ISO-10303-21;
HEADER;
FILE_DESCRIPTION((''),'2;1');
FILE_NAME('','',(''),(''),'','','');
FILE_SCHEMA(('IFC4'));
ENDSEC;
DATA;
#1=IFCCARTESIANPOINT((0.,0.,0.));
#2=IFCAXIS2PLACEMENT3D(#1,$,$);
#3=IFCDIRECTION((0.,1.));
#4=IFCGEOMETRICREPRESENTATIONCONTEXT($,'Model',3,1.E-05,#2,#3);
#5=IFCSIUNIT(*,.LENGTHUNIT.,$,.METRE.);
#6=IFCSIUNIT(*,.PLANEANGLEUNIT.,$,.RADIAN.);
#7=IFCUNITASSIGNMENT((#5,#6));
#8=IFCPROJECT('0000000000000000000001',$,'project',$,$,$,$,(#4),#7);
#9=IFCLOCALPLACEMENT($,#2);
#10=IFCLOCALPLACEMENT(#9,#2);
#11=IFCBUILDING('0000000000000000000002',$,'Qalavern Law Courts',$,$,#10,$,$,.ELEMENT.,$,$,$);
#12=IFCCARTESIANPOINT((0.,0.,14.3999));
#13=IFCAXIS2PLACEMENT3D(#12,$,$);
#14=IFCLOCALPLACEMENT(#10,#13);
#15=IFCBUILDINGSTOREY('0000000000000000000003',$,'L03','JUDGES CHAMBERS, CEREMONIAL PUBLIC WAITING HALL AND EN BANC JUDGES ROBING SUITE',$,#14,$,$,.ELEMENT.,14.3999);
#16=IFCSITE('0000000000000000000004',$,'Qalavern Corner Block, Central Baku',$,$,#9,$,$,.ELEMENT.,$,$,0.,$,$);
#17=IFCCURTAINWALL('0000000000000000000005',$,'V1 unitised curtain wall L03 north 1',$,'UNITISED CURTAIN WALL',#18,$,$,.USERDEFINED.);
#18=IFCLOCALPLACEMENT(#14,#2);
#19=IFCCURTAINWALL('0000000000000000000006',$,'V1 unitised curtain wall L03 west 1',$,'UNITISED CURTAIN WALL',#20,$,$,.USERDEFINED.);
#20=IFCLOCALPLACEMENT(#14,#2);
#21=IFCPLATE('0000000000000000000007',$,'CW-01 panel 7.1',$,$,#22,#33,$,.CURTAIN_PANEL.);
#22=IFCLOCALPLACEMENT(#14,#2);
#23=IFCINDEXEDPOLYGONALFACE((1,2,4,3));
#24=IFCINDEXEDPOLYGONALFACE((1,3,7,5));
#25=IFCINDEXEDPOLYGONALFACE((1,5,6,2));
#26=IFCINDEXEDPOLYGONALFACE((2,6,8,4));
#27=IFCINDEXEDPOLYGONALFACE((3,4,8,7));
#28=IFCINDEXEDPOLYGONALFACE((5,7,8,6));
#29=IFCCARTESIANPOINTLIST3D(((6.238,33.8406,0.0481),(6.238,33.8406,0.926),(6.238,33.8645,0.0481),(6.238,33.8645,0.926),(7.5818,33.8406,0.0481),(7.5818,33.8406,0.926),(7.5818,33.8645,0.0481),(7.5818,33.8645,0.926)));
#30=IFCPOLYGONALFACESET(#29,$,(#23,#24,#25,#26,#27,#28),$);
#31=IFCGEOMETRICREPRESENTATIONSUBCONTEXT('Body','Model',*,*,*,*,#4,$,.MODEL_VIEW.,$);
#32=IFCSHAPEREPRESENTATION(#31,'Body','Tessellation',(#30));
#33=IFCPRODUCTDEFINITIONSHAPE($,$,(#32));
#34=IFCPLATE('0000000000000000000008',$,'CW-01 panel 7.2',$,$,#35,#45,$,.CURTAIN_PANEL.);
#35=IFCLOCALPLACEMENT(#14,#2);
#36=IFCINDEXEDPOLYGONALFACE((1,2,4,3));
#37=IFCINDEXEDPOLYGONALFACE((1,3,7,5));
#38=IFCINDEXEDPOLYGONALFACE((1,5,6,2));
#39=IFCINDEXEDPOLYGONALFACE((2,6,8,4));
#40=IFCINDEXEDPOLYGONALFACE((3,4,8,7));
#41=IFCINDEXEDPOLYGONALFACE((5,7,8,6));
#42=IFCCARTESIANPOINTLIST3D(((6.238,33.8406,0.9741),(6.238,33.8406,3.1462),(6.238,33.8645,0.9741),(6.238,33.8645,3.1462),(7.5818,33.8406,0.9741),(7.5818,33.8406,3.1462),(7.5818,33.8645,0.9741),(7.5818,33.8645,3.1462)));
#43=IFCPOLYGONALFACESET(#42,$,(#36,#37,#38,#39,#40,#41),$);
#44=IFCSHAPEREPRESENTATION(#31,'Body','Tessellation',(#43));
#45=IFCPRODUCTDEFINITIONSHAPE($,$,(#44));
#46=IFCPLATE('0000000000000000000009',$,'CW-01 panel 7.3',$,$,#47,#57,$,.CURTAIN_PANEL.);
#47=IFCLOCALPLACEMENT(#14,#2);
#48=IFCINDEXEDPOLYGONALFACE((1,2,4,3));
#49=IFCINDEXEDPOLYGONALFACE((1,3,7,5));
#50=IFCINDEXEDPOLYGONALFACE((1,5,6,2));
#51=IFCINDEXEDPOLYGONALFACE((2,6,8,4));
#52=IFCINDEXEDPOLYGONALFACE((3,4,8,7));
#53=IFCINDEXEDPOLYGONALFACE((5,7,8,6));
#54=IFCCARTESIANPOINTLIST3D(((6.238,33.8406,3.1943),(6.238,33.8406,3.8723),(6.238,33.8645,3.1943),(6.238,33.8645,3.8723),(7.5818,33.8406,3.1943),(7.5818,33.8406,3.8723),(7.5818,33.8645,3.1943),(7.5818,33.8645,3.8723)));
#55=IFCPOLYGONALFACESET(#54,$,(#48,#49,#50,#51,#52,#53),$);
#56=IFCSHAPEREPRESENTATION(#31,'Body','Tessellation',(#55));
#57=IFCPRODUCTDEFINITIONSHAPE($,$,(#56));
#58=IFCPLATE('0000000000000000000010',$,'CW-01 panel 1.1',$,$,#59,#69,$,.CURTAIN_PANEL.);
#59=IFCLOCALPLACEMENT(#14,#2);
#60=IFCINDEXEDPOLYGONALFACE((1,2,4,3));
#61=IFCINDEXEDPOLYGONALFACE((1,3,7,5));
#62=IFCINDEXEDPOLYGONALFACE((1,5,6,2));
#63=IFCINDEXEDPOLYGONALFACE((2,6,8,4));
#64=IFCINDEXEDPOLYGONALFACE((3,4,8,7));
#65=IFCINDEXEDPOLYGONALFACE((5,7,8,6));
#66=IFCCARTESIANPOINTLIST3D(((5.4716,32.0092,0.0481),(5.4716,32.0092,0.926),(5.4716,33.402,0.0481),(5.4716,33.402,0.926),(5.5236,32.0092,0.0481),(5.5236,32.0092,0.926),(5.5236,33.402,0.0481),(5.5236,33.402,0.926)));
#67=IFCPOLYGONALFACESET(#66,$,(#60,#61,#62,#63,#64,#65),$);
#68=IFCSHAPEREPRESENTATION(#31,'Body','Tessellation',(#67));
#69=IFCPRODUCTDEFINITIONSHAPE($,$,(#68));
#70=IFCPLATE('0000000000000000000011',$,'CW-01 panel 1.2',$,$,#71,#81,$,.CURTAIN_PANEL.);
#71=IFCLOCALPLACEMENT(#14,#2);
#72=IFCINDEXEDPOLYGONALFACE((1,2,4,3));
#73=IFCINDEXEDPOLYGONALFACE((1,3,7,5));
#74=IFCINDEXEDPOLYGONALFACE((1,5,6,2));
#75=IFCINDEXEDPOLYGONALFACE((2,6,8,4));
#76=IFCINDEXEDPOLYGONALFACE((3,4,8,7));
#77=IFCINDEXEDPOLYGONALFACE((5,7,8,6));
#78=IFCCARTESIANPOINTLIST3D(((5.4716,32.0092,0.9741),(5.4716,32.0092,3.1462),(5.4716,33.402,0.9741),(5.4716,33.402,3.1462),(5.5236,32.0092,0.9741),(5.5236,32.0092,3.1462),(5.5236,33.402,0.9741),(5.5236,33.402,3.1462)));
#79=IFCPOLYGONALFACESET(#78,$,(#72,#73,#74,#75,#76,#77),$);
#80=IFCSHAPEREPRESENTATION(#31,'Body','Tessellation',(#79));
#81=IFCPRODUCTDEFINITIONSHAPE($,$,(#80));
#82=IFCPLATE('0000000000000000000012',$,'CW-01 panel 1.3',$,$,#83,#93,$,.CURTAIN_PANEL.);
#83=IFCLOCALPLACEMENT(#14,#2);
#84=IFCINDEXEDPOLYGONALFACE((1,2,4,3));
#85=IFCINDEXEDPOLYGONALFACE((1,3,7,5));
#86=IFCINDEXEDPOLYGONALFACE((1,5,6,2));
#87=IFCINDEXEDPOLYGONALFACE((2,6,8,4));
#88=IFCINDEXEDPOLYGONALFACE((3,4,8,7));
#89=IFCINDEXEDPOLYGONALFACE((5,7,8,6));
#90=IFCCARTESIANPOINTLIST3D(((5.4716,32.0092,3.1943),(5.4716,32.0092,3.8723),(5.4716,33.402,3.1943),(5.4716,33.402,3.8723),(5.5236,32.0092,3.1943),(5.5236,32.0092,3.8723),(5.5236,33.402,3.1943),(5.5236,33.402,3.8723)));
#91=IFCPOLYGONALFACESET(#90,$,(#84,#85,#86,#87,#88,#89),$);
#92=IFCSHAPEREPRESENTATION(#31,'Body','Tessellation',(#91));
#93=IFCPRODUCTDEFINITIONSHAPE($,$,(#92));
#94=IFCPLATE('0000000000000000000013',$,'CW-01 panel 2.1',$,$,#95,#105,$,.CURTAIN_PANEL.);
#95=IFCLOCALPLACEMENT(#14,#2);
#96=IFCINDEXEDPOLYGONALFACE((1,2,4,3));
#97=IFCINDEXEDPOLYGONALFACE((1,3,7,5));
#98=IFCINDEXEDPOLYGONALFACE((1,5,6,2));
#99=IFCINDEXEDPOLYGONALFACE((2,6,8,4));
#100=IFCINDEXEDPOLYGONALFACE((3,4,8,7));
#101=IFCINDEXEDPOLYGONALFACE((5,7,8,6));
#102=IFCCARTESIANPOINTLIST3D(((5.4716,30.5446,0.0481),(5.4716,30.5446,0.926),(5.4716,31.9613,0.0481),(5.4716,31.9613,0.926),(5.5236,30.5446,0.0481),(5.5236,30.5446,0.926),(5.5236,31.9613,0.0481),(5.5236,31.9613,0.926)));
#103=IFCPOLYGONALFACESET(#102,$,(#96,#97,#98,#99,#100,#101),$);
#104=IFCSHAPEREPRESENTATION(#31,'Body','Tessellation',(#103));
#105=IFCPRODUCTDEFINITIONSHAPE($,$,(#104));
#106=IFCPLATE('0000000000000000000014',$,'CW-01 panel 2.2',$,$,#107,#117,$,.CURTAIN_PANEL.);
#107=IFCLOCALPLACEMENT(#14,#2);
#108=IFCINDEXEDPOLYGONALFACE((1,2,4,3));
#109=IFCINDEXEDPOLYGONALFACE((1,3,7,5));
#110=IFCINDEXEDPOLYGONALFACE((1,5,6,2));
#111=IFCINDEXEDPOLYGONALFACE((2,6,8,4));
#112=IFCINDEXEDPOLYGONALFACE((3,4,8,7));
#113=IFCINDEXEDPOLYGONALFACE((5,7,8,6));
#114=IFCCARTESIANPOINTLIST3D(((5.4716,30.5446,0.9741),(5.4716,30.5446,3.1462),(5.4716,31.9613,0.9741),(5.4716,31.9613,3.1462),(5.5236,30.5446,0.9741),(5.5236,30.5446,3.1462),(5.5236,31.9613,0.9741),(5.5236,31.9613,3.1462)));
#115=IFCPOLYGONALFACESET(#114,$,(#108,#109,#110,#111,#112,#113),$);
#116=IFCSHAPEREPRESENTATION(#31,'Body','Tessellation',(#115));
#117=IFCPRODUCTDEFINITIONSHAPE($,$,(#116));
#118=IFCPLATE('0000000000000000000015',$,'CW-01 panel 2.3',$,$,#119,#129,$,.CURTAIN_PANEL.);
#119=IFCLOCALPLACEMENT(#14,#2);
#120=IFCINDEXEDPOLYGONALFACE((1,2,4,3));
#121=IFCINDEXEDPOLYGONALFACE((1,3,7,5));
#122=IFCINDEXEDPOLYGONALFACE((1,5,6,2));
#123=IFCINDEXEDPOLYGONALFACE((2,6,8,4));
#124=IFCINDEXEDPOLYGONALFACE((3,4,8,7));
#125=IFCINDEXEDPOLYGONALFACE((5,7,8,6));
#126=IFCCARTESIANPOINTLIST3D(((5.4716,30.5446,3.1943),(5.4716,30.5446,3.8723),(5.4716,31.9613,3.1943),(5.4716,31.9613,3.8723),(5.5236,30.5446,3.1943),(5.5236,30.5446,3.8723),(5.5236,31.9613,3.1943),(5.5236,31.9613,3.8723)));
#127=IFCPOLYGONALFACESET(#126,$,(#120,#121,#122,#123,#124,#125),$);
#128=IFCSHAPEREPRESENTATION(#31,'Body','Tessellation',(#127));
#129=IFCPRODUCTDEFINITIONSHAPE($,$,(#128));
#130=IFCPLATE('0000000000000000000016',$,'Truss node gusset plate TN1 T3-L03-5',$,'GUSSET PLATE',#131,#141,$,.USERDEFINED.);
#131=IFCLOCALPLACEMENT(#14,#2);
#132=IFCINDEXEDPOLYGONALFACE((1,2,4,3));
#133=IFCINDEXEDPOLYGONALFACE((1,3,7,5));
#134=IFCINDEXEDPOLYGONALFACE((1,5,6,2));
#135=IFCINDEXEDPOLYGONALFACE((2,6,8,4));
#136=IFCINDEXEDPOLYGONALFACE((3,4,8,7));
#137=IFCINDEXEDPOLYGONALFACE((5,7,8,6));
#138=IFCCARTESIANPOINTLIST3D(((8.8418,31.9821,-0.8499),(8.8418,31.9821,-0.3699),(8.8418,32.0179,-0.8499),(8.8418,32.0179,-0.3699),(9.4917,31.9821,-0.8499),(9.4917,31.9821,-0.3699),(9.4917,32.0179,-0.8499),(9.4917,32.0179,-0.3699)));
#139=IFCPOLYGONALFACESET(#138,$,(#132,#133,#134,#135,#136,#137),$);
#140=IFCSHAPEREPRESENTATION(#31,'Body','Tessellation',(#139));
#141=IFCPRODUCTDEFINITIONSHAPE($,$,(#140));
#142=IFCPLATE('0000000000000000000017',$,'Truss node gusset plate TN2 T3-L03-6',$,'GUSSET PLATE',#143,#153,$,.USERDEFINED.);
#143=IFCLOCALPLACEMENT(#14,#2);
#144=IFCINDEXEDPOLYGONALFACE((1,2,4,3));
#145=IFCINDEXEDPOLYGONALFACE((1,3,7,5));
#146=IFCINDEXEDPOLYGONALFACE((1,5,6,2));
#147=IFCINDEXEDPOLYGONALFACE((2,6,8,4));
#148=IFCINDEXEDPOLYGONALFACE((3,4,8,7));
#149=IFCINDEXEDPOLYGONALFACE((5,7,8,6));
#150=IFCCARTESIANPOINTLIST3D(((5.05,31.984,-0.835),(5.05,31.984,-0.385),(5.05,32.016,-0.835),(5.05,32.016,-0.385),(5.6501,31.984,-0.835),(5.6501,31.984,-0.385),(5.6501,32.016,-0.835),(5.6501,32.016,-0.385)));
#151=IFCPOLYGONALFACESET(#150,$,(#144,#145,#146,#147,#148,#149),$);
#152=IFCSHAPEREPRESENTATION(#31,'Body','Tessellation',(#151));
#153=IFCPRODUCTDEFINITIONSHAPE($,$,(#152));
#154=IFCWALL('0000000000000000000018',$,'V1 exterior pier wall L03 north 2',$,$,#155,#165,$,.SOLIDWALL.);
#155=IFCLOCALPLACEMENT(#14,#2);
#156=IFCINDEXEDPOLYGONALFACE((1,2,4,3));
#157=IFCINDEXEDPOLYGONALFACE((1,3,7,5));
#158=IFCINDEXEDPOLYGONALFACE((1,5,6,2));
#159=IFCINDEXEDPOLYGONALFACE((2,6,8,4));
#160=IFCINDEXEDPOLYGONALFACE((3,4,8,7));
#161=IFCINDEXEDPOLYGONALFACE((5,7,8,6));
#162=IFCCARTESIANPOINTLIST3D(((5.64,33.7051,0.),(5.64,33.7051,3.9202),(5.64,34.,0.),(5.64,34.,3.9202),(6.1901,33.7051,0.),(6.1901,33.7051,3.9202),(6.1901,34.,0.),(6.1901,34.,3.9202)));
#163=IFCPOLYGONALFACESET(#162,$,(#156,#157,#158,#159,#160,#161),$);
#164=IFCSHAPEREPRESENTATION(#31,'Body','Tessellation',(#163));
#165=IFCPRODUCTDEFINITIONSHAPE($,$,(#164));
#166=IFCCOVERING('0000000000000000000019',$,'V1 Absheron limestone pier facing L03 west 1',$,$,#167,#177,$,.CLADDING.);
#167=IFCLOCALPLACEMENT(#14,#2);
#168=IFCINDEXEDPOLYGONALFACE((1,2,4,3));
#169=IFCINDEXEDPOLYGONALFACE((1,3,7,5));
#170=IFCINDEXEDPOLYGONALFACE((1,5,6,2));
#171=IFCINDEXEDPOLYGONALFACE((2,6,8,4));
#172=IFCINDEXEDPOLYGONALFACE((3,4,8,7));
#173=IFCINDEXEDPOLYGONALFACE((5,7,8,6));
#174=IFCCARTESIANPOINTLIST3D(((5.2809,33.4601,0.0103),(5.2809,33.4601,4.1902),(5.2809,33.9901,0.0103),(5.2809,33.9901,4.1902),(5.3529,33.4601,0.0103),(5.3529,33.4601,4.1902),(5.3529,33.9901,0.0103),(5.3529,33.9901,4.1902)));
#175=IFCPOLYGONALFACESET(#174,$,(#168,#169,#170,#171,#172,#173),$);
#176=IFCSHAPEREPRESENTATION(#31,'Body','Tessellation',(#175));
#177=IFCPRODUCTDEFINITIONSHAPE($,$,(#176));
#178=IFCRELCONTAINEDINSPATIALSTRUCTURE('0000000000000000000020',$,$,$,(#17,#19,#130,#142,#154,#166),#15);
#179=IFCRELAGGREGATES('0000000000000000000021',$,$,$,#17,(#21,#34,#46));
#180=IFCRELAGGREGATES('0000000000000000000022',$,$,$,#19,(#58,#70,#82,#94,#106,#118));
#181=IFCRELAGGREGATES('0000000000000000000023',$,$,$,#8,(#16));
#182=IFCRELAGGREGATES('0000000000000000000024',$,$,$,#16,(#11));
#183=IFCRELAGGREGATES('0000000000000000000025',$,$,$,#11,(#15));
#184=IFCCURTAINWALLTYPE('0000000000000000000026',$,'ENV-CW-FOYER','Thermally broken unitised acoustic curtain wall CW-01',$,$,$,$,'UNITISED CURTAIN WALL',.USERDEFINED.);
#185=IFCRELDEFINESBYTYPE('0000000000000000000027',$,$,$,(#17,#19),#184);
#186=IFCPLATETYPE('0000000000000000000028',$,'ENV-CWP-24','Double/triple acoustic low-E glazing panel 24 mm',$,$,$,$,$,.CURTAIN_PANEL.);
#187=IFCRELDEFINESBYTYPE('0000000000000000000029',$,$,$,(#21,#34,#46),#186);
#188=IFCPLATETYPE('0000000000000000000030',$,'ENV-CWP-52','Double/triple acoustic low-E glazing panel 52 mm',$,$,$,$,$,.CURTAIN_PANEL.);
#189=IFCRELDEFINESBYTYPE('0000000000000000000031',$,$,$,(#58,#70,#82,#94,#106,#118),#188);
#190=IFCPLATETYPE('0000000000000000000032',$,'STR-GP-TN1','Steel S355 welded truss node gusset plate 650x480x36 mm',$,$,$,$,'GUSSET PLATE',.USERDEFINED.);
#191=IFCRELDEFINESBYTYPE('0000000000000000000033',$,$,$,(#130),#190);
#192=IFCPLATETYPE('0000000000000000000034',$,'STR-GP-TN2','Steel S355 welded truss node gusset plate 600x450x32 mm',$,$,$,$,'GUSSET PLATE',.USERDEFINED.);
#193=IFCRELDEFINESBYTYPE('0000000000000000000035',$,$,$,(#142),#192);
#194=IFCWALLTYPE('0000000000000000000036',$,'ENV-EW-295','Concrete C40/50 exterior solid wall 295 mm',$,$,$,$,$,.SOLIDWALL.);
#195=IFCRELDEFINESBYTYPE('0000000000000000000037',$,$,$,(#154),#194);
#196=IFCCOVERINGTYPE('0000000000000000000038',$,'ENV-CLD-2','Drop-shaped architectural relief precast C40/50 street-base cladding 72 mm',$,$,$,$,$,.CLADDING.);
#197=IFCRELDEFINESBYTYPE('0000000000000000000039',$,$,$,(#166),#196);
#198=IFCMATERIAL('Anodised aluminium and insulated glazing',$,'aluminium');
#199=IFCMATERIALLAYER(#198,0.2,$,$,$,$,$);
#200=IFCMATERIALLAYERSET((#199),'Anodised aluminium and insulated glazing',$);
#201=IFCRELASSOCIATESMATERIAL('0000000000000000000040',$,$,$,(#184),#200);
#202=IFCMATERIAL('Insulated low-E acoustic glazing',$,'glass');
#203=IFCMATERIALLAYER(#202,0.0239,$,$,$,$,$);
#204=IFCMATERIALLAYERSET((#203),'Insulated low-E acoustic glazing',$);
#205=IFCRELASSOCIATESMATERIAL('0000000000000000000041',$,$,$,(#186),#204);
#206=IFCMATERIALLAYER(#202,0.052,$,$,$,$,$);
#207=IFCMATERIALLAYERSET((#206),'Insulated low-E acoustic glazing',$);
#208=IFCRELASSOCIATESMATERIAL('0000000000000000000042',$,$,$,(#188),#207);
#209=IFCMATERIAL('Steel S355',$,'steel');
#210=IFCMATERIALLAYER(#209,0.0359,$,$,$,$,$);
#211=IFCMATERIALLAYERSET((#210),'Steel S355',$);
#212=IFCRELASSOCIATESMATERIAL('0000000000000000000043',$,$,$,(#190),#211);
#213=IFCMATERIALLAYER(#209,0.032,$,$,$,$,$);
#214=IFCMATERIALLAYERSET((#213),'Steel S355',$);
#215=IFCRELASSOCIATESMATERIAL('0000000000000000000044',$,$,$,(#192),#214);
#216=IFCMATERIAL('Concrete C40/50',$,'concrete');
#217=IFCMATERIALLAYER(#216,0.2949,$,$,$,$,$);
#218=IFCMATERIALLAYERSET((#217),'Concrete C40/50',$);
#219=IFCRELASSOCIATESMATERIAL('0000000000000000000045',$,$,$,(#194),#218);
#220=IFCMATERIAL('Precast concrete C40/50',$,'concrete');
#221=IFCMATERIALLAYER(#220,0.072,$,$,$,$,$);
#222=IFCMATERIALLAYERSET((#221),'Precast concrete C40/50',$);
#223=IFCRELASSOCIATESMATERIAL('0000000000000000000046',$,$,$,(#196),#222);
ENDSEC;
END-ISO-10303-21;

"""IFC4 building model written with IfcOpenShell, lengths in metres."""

from ifc_helpers import new_model, si_unit, direction, frame, frame_2d, origin, origin_2d, place, context, subcontext, project, spatial, rectangle, extrude, material, layer, layer_set, type_object, element, aggregate, save


model = new_model("IFC4")

# Units and contexts
model_context = context("Model", 3, precision=1e-05, world=origin(), true_north=direction((0.0, 1.0)))
body_context = subcontext(model_context, "Body", "Model", "MODEL_VIEW")
ifc_project = project(units=[si_unit("LENGTHUNIT", "METRE"), si_unit("PLANEANGLEUNIT", "RADIAN")], contexts=[model_context])

# Site, building, storey
site_placement = place(None, origin())
site = spatial("IfcSite", under=ifc_project, at=site_placement, Name="Qalavern Corner Block, Central Baku", CompositionType="ELEMENT", RefElevation=0.0)
building_placement = place(site_placement, origin())
building = spatial("IfcBuilding", under=site, at=building_placement, Name="Qalavern Law Courts", CompositionType="ELEMENT")
storey_placement = place(building_placement, frame((0.0, 0.0, 14.3999)))
storey = spatial("IfcBuildingStorey", under=building, at=storey_placement, Name="L03", Description="JUDGES CHAMBERS, CEREMONIAL PUBLIC WAITING HALL AND EN BANC JUDGES ROBING SUITE", CompositionType="ELEMENT", Elevation=14.3999)

# Curtain wall
ifc_material_1 = material(Name="Anodised aluminium and insulated glazing", Category="aluminium")
ifc_layer_1 = layer(ifc_material_1, 0.2)
ifc_layer_set_1 = layer_set([ifc_layer_1], Name="Anodised aluminium and insulated glazing")
curtain_wall_type = type_object("IfcCurtainWallType", Name="ENV-CW-FOYER", Description="Thermally broken unitised acoustic curtain wall CW-01", ElementType="UNITISED CURTAIN WALL", PredefinedType="USERDEFINED", material=ifc_layer_set_1)
curtain_wall_1_placement = place(storey_placement, origin())
curtain_wall_1 = element("IfcCurtainWall", 1, at=curtain_wall_1_placement, inside=storey, type_object=curtain_wall_type, Name="V1 unitised curtain wall L03 north 1", ObjectType="UNITISED CURTAIN WALL", PredefinedType="USERDEFINED")

# Curtain wall
curtain_wall_2_placement = place(storey_placement, origin())
curtain_wall_2 = element("IfcCurtainWall", 2, at=curtain_wall_2_placement, inside=storey, type_object=curtain_wall_type, Name="V1 unitised curtain wall L03 west 1", ObjectType="UNITISED CURTAIN WALL", PredefinedType="USERDEFINED")

# Shared definitions
ifc_material_2 = material(Name="Steel S355", Category="steel")

# Plates
ifc_material_3 = material(Name="Insulated low-E acoustic glazing", Category="glass")
ifc_layer_2 = layer(ifc_material_3, 0.0239)
ifc_layer_set_2 = layer_set([ifc_layer_2], Name="Insulated low-E acoustic glazing")
plate_type_1 = type_object("IfcPlateType", Name="ENV-CWP-24", Description="Double/triple acoustic low-E glazing panel 24 mm", PredefinedType="CURTAIN_PANEL", material=ifc_layer_set_2)
plate_1_placement = place(storey_placement, frame((6.9099, 33.8525, 0.0481), z_axis=(0.0, 0.0, 1.0), x_axis=(-1.0, 0.0, 0.0)))
plate_1 = element("IfcPlate", 3, at=plate_1_placement, type_object=plate_type_1, Name="CW-01 panel 7.1", PredefinedType="CURTAIN_PANEL", context=body_context, shape_type="SweptSolid", body=[
    extrude(rectangle(XDim=1.3438, YDim=0.0239, at=origin_2d()), origin(), (0.0, 0.0, 1.0), 0.8779),
])
plate_2_placement = place(storey_placement, frame((6.9099, 33.8525, 0.9741), z_axis=(0.0, 0.0, 1.0), x_axis=(-1.0, 0.0, 0.0)))
plate_2 = element("IfcPlate", 4, at=plate_2_placement, type_object=plate_type_1, Name="CW-01 panel 7.2", PredefinedType="CURTAIN_PANEL", context=body_context, shape_type="SweptSolid", body=[
    extrude(rectangle(XDim=1.3438, YDim=0.0239, at=origin_2d()), origin(), (0.0, 0.0, 1.0), 2.1721),
])
plate_3_placement = place(storey_placement, frame((6.9099, 33.8525, 3.1943), z_axis=(0.0, 0.0, 1.0), x_axis=(-1.0, 0.0, 0.0)))
plate_3 = element("IfcPlate", 5, at=plate_3_placement, type_object=plate_type_1, Name="CW-01 panel 7.3", PredefinedType="CURTAIN_PANEL", context=body_context, shape_type="SweptSolid", body=[
    extrude(rectangle(XDim=1.3438, YDim=0.0239, at=origin_2d()), origin(), (0.0, 0.0, 1.0), 0.678),
])
aggregate(curtain_wall_1, [plate_1, plate_2, plate_3])
ifc_layer_3 = layer(ifc_material_3, 0.052)
ifc_layer_set_3 = layer_set([ifc_layer_3], Name="Insulated low-E acoustic glazing")
plate_type_2 = type_object("IfcPlateType", Name="ENV-CWP-52", Description="Double/triple acoustic low-E glazing panel 52 mm", PredefinedType="CURTAIN_PANEL", material=ifc_layer_set_3)
plate_4_placement = place(storey_placement, frame((5.4976, 32.7056, 0.0481), z_axis=(0.0, 0.0, 1.0), x_axis=(0.0, -1.0, 0.0)))
plate_4 = element("IfcPlate", 6, at=plate_4_placement, type_object=plate_type_2, Name="CW-01 panel 1.1", PredefinedType="CURTAIN_PANEL", context=body_context, shape_type="SweptSolid", body=[
    extrude(rectangle(XDim=1.3928, YDim=0.052, at=origin_2d()), origin(), (0.0, 0.0, 1.0), 0.8779),
])
plate_5_placement = place(storey_placement, frame((5.4976, 32.7056, 0.9741), z_axis=(0.0, 0.0, 1.0), x_axis=(0.0, -1.0, 0.0)))
plate_5 = element("IfcPlate", 7, at=plate_5_placement, type_object=plate_type_2, Name="CW-01 panel 1.2", PredefinedType="CURTAIN_PANEL", context=body_context, shape_type="SweptSolid", body=[
    extrude(rectangle(XDim=1.3928, YDim=0.052, at=origin_2d()), origin(), (0.0, 0.0, 1.0), 2.1721),
])
plate_6_placement = place(storey_placement, frame((5.4976, 32.7056, 3.1943), z_axis=(0.0, 0.0, 1.0), x_axis=(0.0, -1.0, 0.0)))
plate_6 = element("IfcPlate", 8, at=plate_6_placement, type_object=plate_type_2, Name="CW-01 panel 1.3", PredefinedType="CURTAIN_PANEL", context=body_context, shape_type="SweptSolid", body=[
    extrude(rectangle(XDim=1.3928, YDim=0.052, at=origin_2d()), origin(), (0.0, 0.0, 1.0), 0.678),
])
plate_7_placement = place(storey_placement, frame((5.4976, 31.2529, 0.0481), z_axis=(0.0, 0.0, 1.0), x_axis=(0.0, -1.0, 0.0)))
plate_7 = element("IfcPlate", 9, at=plate_7_placement, type_object=plate_type_2, Name="CW-01 panel 2.1", PredefinedType="CURTAIN_PANEL", context=body_context, shape_type="SweptSolid", body=[
    extrude(rectangle(XDim=1.4167, YDim=0.052, at=origin_2d()), origin(), (0.0, 0.0, 1.0), 0.8779),
])
plate_8_placement = place(storey_placement, frame((5.4976, 31.2529, 0.9741), z_axis=(0.0, 0.0, 1.0), x_axis=(0.0, -1.0, 0.0)))
plate_8 = element("IfcPlate", 10, at=plate_8_placement, type_object=plate_type_2, Name="CW-01 panel 2.2", PredefinedType="CURTAIN_PANEL", context=body_context, shape_type="SweptSolid", body=[
    extrude(rectangle(XDim=1.4167, YDim=0.052, at=origin_2d()), origin(), (0.0, 0.0, 1.0), 2.1721),
])
plate_9_placement = place(storey_placement, frame((5.4976, 31.2529, 3.1943), z_axis=(0.0, 0.0, 1.0), x_axis=(0.0, -1.0, 0.0)))
plate_9 = element("IfcPlate", 11, at=plate_9_placement, type_object=plate_type_2, Name="CW-01 panel 2.3", PredefinedType="CURTAIN_PANEL", context=body_context, shape_type="SweptSolid", body=[
    extrude(rectangle(XDim=1.4167, YDim=0.052, at=origin_2d()), origin(), (0.0, 0.0, 1.0), 0.678),
])
aggregate(curtain_wall_2, [plate_4, plate_5, plate_6, plate_7, plate_8, plate_9])

# Plates
ifc_layer_4 = layer(ifc_material_2, 0.0359)
ifc_layer_set_4 = layer_set([ifc_layer_4], Name="Steel S355")
plate_type_3 = type_object("IfcPlateType", Name="STR-GP-TN1", Description="Steel S355 welded truss node gusset plate 650x480x36 mm", ElementType="GUSSET PLATE", PredefinedType="USERDEFINED", material=ifc_layer_set_4)
plate_10_placement = place(storey_placement, frame((9.1667, 32.0, -0.8499), z_axis=(0.0, 0.0, 1.0), x_axis=(1.0, 0.0, 0.0)))
element("IfcPlate", 12, at=plate_10_placement, inside=storey, type_object=plate_type_3, Name="Truss node gusset plate TN1 T3-L03-5", ObjectType="GUSSET PLATE", PredefinedType="USERDEFINED", context=body_context, shape_type="SweptSolid", body=[
    extrude(rectangle(XDim=0.6499, YDim=0.0359, at=origin_2d()), origin(), (0.0, 0.0, 1.0), 0.48),
])
ifc_layer_5 = layer(ifc_material_2, 0.032)
ifc_layer_set_5 = layer_set([ifc_layer_5], Name="Steel S355")
plate_type_4 = type_object("IfcPlateType", Name="STR-GP-TN2", Description="Steel S355 welded truss node gusset plate 600x450x32 mm", ElementType="GUSSET PLATE", PredefinedType="USERDEFINED", material=ifc_layer_set_5)
plate_11_placement = place(storey_placement, frame((5.3501, 32.0, -0.835), z_axis=(0.0, 0.0, 1.0), x_axis=(1.0, 0.0, 0.0)))
element("IfcPlate", 13, at=plate_11_placement, inside=storey, type_object=plate_type_4, Name="Truss node gusset plate TN2 T3-L03-6", ObjectType="GUSSET PLATE", PredefinedType="USERDEFINED", context=body_context, shape_type="SweptSolid", body=[
    extrude(rectangle(XDim=0.6001, YDim=0.032, at=origin_2d()), origin(), (0.0, 0.0, 1.0), 0.45),
])

# Wall
ifc_material_4 = material(Name="Concrete C40/50", Category="concrete")
ifc_layer_6 = layer(ifc_material_4, 0.2949)
ifc_layer_set_6 = layer_set([ifc_layer_6], Name="Concrete C40/50")
wall_type = type_object("IfcWallType", Name="ENV-EW-295", Description="Concrete C40/50 exterior solid wall 295 mm", PredefinedType="SOLIDWALL", material=ifc_layer_set_6)
wall_placement = place(storey_placement, frame((6.1899, 33.8525, 0.0), z_axis=(0.0, 0.0, 1.0), x_axis=(-1.0, 0.0, 0.0)))
element("IfcWall", 14, at=wall_placement, inside=storey, type_object=wall_type, Name="V1 exterior pier wall L03 north 2", PredefinedType="SOLIDWALL", context=body_context, shape_type="SweptSolid", body=[
    extrude(rectangle(XDim=0.55, YDim=0.2949, at=frame_2d((0.2749, 0.0))), origin(), (0.0, 0.0, 1.0), 3.9202),
])

# Covering
ifc_material_5 = material(Name="Precast concrete C40/50", Category="concrete")
ifc_layer_7 = layer(ifc_material_5, 0.072)
ifc_layer_set_7 = layer_set([ifc_layer_7], Name="Precast concrete C40/50")
covering_type = type_object("IfcCoveringType", Name="ENV-CLD-2", Description="Drop-shaped architectural relief precast C40/50 street-base cladding 72 mm", PredefinedType="CLADDING", material=ifc_layer_set_7)
covering_placement = place(storey_placement, frame((5.3169, 33.7251, 0.0103), z_axis=(0.0, 0.0, 1.0), x_axis=(0.0, -1.0, 0.0)))
element("IfcCovering", 15, at=covering_placement, inside=storey, type_object=covering_type, Name="V1 Absheron limestone pier facing L03 west 1", PredefinedType="CLADDING", context=body_context, shape_type="SweptSolid", body=[
    extrude(rectangle(XDim=0.53, YDim=0.072, at=origin_2d()), origin(), (0.0, 0.0, 1.0), 4.1799),
])

save(model, "model.ifc")
